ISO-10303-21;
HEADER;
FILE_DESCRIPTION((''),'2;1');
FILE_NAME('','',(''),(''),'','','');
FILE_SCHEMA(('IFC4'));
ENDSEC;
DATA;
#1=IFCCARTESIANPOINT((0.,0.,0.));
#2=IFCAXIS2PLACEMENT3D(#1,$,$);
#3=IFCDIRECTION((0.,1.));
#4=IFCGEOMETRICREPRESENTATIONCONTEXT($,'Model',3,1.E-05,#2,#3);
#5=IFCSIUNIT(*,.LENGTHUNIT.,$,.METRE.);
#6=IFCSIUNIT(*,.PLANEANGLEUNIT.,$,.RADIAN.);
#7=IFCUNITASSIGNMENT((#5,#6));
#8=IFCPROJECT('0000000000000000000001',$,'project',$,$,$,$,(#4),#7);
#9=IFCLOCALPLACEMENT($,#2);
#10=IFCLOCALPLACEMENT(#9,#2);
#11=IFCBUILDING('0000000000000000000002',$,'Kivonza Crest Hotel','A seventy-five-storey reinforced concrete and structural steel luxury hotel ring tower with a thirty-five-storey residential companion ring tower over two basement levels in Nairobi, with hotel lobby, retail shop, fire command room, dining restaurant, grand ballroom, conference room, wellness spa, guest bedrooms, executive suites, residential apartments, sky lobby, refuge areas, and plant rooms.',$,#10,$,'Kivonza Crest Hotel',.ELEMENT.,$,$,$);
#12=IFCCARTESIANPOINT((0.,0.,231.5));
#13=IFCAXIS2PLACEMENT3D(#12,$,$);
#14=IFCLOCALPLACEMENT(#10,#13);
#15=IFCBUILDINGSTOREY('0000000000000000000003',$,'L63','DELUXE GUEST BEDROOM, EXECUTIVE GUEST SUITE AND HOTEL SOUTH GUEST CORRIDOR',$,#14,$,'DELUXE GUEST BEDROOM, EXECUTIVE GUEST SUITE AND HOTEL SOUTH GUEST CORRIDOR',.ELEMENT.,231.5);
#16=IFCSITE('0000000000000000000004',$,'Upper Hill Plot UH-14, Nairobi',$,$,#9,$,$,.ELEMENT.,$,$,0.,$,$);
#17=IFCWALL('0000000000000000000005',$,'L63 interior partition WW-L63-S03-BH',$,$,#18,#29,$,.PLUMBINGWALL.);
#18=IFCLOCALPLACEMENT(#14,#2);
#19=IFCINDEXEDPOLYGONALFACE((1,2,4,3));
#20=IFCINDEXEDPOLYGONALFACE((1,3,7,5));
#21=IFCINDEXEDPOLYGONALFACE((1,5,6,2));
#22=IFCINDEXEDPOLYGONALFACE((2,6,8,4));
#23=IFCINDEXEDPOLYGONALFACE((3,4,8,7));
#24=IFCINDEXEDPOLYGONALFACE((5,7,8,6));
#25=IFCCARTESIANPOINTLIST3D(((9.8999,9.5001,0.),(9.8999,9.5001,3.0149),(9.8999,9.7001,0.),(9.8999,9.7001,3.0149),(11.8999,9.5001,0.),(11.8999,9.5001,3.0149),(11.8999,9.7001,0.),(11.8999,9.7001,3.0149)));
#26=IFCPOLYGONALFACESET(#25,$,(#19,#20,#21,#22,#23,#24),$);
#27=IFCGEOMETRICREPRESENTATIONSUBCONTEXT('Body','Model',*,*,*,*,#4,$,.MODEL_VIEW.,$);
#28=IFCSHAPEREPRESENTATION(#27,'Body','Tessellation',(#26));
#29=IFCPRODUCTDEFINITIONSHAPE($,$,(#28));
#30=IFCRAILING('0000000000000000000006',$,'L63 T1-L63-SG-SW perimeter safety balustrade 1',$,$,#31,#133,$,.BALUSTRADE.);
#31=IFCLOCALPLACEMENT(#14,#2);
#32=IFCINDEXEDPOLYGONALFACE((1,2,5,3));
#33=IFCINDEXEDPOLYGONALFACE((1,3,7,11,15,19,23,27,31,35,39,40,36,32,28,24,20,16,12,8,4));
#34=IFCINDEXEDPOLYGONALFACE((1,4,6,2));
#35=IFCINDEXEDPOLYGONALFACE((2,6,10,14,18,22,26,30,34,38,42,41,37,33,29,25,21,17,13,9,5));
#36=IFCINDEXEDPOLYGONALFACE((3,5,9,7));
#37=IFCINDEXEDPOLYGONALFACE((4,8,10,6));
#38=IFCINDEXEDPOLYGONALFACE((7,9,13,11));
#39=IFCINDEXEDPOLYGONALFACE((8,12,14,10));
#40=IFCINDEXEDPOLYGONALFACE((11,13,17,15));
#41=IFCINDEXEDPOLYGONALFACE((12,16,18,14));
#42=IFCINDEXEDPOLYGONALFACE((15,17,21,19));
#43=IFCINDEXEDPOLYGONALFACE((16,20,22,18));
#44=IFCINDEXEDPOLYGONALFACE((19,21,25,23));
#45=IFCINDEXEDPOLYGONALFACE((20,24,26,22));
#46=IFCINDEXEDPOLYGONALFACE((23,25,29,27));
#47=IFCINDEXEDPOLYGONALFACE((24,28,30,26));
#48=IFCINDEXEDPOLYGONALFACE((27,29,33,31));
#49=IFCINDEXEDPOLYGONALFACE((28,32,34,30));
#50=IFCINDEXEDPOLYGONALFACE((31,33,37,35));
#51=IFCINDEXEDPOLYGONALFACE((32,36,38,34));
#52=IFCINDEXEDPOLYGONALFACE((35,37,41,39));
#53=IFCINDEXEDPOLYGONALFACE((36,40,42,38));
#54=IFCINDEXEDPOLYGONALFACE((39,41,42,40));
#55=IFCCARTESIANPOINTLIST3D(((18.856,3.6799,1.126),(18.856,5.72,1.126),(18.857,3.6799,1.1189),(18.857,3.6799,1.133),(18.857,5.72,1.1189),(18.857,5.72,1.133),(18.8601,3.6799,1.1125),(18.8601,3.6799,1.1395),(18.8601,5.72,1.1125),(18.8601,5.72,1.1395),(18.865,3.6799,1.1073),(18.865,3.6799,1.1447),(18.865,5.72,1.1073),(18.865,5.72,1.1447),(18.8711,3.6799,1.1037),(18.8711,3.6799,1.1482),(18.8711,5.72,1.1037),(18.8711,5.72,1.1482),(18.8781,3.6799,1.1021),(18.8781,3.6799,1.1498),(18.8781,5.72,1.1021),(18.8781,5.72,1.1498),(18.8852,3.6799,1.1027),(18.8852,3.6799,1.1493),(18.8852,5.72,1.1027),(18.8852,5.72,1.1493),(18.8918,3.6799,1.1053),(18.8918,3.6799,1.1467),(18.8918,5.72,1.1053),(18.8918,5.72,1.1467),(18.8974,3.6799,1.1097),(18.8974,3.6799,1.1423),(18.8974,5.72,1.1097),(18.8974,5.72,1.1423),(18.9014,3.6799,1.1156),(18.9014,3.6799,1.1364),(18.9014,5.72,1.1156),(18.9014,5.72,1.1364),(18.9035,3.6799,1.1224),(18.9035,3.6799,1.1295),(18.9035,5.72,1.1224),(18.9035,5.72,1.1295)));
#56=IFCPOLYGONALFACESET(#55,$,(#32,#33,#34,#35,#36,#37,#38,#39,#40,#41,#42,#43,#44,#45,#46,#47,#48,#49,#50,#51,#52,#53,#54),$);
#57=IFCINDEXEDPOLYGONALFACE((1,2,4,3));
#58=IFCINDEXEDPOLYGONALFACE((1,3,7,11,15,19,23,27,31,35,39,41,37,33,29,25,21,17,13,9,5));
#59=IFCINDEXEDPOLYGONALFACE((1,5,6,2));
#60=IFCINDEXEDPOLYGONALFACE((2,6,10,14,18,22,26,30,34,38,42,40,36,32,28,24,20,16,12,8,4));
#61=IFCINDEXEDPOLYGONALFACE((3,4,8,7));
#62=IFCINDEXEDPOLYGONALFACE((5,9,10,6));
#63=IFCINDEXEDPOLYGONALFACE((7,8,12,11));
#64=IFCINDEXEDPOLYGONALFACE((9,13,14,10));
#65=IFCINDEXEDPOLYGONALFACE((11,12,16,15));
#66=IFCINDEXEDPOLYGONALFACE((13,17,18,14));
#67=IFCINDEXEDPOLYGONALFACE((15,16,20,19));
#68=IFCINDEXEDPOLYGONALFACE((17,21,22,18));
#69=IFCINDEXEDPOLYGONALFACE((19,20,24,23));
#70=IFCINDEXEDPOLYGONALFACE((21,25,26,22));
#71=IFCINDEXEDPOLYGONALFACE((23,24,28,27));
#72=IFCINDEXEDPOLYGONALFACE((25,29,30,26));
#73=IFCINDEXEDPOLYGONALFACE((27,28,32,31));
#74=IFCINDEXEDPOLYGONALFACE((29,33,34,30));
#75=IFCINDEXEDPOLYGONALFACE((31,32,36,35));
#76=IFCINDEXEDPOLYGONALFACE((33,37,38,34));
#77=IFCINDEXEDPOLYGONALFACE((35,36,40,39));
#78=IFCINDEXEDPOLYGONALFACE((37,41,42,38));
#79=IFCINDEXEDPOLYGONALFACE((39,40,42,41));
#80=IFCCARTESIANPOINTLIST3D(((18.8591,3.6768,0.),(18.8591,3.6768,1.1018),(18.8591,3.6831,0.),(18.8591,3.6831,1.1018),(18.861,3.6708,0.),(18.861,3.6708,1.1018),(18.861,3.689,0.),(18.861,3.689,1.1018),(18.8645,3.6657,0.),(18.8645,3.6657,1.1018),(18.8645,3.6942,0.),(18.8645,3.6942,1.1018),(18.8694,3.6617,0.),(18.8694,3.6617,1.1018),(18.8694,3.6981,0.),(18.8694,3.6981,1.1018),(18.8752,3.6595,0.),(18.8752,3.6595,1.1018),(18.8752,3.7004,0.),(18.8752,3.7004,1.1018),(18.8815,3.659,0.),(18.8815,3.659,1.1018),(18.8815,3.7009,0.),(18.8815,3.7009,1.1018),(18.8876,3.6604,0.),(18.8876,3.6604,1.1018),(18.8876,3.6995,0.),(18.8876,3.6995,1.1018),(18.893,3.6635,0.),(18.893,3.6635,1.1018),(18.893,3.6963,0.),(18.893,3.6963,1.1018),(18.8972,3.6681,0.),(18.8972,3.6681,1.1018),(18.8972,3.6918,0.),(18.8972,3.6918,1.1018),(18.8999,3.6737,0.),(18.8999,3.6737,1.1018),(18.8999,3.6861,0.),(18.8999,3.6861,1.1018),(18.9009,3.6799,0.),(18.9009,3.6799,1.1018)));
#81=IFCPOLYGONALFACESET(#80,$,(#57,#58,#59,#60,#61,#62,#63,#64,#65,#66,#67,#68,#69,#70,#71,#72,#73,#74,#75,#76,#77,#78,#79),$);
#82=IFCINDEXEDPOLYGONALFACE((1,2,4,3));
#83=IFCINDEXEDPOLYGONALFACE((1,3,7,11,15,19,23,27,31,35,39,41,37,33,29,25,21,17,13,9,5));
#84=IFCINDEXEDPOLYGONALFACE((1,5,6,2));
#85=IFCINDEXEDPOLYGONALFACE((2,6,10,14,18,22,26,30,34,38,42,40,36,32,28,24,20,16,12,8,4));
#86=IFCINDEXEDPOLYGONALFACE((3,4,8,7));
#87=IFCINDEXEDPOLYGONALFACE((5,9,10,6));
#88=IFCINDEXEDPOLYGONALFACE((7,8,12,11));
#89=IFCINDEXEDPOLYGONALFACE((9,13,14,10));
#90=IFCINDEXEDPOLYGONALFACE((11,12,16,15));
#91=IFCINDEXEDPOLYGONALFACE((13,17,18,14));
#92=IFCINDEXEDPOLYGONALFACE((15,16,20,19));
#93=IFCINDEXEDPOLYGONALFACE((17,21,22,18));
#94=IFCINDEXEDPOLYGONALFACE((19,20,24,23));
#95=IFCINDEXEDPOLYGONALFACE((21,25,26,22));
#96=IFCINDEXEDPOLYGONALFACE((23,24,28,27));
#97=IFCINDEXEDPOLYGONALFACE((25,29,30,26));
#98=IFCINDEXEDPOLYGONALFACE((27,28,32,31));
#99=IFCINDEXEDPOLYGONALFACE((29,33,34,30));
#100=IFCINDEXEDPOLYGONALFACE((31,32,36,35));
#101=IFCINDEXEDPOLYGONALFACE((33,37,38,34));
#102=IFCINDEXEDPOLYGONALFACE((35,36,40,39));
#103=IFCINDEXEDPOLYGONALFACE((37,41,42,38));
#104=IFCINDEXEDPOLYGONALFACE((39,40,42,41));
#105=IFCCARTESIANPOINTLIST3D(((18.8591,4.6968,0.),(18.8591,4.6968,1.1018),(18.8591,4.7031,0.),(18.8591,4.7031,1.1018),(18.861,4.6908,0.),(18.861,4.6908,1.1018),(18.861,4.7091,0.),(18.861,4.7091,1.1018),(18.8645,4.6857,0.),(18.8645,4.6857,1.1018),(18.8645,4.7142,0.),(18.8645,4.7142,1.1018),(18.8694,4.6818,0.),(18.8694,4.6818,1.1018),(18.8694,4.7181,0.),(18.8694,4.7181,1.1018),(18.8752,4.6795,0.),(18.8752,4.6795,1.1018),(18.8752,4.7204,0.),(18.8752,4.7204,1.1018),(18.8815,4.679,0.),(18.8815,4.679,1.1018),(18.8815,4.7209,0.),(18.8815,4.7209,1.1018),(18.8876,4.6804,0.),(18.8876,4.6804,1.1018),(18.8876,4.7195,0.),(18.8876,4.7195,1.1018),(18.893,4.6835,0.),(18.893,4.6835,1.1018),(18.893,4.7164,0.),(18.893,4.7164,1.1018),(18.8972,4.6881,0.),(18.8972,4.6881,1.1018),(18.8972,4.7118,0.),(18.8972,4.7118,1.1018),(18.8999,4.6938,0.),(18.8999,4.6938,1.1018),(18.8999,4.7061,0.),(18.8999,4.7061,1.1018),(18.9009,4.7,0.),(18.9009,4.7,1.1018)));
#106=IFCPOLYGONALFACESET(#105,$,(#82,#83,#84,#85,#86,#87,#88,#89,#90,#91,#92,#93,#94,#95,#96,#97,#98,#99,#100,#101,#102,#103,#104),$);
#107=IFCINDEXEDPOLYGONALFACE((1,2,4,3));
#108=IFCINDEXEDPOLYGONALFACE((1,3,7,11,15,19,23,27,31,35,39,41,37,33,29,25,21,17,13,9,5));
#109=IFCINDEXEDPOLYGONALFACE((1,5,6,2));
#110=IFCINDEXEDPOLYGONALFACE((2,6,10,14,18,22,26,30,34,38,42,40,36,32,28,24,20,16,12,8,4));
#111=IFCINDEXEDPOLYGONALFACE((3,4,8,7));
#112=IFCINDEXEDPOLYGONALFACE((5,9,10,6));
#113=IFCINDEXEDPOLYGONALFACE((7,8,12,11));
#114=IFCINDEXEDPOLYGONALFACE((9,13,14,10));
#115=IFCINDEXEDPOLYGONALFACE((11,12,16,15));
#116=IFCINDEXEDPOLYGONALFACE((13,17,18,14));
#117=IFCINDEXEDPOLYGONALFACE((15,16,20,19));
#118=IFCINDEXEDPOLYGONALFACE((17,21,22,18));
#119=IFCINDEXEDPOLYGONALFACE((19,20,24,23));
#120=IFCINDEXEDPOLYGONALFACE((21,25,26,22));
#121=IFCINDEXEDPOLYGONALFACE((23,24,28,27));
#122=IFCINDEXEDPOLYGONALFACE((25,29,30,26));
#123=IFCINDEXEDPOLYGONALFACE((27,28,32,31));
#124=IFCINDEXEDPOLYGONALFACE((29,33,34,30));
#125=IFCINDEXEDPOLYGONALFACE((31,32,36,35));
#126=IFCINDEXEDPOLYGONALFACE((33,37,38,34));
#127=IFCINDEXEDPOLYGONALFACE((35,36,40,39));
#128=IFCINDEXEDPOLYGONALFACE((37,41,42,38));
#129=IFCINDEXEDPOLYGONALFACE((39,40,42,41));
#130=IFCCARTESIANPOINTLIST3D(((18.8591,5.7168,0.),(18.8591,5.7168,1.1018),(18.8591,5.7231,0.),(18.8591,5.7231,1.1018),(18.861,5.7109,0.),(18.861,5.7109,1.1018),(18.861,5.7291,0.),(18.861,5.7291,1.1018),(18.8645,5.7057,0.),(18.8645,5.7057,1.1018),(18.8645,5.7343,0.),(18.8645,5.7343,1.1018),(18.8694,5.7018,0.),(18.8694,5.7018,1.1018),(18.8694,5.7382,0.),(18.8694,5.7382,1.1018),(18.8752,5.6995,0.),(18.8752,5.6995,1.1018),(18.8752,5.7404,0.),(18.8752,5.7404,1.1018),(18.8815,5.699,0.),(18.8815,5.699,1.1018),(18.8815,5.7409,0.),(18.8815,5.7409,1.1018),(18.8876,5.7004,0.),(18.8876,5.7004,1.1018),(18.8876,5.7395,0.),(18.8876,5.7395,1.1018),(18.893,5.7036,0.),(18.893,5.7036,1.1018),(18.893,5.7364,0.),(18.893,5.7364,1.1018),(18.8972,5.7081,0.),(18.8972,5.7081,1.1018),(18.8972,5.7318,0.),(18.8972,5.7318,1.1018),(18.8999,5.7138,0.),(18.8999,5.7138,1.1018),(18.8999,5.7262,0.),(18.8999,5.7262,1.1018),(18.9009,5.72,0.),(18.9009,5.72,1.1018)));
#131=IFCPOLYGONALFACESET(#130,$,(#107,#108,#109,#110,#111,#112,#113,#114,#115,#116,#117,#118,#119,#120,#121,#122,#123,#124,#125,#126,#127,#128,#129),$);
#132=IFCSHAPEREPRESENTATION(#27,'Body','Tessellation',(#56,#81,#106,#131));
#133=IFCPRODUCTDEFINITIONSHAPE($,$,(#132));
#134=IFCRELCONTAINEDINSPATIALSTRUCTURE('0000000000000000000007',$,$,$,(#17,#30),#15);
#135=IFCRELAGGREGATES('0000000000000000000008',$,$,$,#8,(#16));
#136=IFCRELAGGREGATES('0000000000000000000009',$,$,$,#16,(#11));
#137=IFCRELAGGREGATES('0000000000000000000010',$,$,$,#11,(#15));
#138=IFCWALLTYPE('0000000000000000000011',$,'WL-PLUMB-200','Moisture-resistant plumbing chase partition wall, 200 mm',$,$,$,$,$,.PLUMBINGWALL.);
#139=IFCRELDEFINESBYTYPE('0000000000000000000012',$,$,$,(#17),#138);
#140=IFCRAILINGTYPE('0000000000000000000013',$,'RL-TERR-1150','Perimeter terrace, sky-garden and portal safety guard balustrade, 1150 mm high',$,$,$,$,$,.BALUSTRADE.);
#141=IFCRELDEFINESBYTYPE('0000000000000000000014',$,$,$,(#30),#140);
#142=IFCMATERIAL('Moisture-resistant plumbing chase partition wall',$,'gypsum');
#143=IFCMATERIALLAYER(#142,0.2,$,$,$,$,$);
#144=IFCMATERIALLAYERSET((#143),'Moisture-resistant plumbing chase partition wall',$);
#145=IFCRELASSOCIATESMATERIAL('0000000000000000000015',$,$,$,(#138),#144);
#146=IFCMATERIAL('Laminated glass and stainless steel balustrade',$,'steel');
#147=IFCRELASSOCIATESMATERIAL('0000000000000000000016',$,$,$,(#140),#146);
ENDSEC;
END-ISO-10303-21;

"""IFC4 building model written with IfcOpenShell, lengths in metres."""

from ifc_helpers import new_model, si_unit, direction, frame, frame_2d, origin, origin_2d, place, context, subcontext, project, spatial, rectangle, circle, extrude, material, layer, layer_set, type_object, element, save


model = new_model("IFC4")

# Units and contexts
model_context = context("Model", 3, precision=1e-05, world=origin(), true_north=direction((0.0, 1.0)))
body_context = subcontext(model_context, "Body", "Model", "MODEL_VIEW")
ifc_project = project(units=[si_unit("LENGTHUNIT", "METRE"), si_unit("PLANEANGLEUNIT", "RADIAN")], contexts=[model_context])

# Site, building, storey
site_placement = place(None, origin())
site = spatial("IfcSite", under=ifc_project, at=site_placement, Name="Upper Hill Plot UH-14, Nairobi", CompositionType="ELEMENT", RefElevation=0.0)
building_placement = place(site_placement, origin())
building = spatial("IfcBuilding", under=site, at=building_placement, Name="Kivonza Crest Hotel", Description="A seventy-five-storey reinforced concrete and structural steel luxury hotel ring tower with a thirty-five-storey residential companion ring tower over two basement levels in Nairobi, with hotel lobby, retail shop, fire command room, dining restaurant, grand ballroom, conference room, wellness spa, guest bedrooms, executive suites, residential apartments, sky lobby, refuge areas, and plant rooms.", LongName="Kivonza Crest Hotel", CompositionType="ELEMENT")
storey_placement = place(building_placement, frame((0.0, 0.0, 231.5)))
storey = spatial("IfcBuildingStorey", under=building, at=storey_placement, Name="L63", Description="DELUXE GUEST BEDROOM, EXECUTIVE GUEST SUITE AND HOTEL SOUTH GUEST CORRIDOR", LongName="DELUXE GUEST BEDROOM, EXECUTIVE GUEST SUITE AND HOTEL SOUTH GUEST CORRIDOR", CompositionType="ELEMENT", Elevation=231.5)

# Shared definitions
ifc_material_1 = material(Name="Moisture-resistant plumbing chase partition wall", Category="gypsum")
ifc_layer_1 = layer(ifc_material_1, 0.2)
ifc_layer_set_1 = layer_set([ifc_layer_1], Name="Moisture-resistant plumbing chase partition wall")
wall_type_1 = type_object("IfcWallType", Name="WL-PLUMB-200", Description="Moisture-resistant plumbing chase partition wall, 200 mm", PredefinedType="PLUMBINGWALL", material=ifc_layer_set_1)

# Wall
wall_1_placement = place(storey_placement, frame((9.8999, 9.6001, 0.0), z_axis=(0.0, 0.0, 1.0), x_axis=(1.0, 0.0, 0.0)))
element("IfcWall", 1, at=wall_1_placement, inside=storey, type_object=wall_type_1, Name="L63 interior partition WW-L63-S03-BH", PredefinedType="PLUMBINGWALL", context=body_context, shape_type="SweptSolid", body=[
    extrude(rectangle(XDim=2.0, YDim=0.2, at=frame_2d((1.0, 0.0))), origin(), (0.0, 0.0, 1.0), 3.0149),
])

# Railing
ifc_material_2 = material(Name="Laminated glass and stainless steel balustrade", Category="steel")
railing_type = type_object("IfcRailingType", Name="RL-TERR-1150", Description="Perimeter terrace, sky-garden and portal safety guard balustrade, 1150 mm high", PredefinedType="BALUSTRADE", material=ifc_material_2)
railing_placement = place(storey_placement, frame((18.8799, 3.6799, 0.0)))
element("IfcRailing", 2, at=railing_placement, inside=storey, type_object=railing_type, Name="L63 T1-L63-SG-SW perimeter safety balustrade 1", PredefinedType="BALUSTRADE", context=body_context, shape_type="SweptSolid", body=[
    extrude(circle(Radius=0.0239, at=origin_2d()), frame((0.0, 0.0, 1.126), z_axis=(0.0, 1.0, 0.0), x_axis=(-1.0, 0.0, 0.0)), (0.0, 0.0, 1.0), 2.04),
    extrude(circle(Radius=0.021, at=origin_2d()), origin(), (0.0, 0.0, 1.0), 1.1018),
    extrude(circle(Radius=0.021, at=origin_2d()), frame((0.0, 1.02, 0.0)), (0.0, 0.0, 1.0), 1.1018),
    extrude(circle(Radius=0.021, at=origin_2d()), frame((0.0, 2.04, 0.0)), (0.0, 0.0, 1.0), 1.1018),
])

save(model, "model.ifc")
